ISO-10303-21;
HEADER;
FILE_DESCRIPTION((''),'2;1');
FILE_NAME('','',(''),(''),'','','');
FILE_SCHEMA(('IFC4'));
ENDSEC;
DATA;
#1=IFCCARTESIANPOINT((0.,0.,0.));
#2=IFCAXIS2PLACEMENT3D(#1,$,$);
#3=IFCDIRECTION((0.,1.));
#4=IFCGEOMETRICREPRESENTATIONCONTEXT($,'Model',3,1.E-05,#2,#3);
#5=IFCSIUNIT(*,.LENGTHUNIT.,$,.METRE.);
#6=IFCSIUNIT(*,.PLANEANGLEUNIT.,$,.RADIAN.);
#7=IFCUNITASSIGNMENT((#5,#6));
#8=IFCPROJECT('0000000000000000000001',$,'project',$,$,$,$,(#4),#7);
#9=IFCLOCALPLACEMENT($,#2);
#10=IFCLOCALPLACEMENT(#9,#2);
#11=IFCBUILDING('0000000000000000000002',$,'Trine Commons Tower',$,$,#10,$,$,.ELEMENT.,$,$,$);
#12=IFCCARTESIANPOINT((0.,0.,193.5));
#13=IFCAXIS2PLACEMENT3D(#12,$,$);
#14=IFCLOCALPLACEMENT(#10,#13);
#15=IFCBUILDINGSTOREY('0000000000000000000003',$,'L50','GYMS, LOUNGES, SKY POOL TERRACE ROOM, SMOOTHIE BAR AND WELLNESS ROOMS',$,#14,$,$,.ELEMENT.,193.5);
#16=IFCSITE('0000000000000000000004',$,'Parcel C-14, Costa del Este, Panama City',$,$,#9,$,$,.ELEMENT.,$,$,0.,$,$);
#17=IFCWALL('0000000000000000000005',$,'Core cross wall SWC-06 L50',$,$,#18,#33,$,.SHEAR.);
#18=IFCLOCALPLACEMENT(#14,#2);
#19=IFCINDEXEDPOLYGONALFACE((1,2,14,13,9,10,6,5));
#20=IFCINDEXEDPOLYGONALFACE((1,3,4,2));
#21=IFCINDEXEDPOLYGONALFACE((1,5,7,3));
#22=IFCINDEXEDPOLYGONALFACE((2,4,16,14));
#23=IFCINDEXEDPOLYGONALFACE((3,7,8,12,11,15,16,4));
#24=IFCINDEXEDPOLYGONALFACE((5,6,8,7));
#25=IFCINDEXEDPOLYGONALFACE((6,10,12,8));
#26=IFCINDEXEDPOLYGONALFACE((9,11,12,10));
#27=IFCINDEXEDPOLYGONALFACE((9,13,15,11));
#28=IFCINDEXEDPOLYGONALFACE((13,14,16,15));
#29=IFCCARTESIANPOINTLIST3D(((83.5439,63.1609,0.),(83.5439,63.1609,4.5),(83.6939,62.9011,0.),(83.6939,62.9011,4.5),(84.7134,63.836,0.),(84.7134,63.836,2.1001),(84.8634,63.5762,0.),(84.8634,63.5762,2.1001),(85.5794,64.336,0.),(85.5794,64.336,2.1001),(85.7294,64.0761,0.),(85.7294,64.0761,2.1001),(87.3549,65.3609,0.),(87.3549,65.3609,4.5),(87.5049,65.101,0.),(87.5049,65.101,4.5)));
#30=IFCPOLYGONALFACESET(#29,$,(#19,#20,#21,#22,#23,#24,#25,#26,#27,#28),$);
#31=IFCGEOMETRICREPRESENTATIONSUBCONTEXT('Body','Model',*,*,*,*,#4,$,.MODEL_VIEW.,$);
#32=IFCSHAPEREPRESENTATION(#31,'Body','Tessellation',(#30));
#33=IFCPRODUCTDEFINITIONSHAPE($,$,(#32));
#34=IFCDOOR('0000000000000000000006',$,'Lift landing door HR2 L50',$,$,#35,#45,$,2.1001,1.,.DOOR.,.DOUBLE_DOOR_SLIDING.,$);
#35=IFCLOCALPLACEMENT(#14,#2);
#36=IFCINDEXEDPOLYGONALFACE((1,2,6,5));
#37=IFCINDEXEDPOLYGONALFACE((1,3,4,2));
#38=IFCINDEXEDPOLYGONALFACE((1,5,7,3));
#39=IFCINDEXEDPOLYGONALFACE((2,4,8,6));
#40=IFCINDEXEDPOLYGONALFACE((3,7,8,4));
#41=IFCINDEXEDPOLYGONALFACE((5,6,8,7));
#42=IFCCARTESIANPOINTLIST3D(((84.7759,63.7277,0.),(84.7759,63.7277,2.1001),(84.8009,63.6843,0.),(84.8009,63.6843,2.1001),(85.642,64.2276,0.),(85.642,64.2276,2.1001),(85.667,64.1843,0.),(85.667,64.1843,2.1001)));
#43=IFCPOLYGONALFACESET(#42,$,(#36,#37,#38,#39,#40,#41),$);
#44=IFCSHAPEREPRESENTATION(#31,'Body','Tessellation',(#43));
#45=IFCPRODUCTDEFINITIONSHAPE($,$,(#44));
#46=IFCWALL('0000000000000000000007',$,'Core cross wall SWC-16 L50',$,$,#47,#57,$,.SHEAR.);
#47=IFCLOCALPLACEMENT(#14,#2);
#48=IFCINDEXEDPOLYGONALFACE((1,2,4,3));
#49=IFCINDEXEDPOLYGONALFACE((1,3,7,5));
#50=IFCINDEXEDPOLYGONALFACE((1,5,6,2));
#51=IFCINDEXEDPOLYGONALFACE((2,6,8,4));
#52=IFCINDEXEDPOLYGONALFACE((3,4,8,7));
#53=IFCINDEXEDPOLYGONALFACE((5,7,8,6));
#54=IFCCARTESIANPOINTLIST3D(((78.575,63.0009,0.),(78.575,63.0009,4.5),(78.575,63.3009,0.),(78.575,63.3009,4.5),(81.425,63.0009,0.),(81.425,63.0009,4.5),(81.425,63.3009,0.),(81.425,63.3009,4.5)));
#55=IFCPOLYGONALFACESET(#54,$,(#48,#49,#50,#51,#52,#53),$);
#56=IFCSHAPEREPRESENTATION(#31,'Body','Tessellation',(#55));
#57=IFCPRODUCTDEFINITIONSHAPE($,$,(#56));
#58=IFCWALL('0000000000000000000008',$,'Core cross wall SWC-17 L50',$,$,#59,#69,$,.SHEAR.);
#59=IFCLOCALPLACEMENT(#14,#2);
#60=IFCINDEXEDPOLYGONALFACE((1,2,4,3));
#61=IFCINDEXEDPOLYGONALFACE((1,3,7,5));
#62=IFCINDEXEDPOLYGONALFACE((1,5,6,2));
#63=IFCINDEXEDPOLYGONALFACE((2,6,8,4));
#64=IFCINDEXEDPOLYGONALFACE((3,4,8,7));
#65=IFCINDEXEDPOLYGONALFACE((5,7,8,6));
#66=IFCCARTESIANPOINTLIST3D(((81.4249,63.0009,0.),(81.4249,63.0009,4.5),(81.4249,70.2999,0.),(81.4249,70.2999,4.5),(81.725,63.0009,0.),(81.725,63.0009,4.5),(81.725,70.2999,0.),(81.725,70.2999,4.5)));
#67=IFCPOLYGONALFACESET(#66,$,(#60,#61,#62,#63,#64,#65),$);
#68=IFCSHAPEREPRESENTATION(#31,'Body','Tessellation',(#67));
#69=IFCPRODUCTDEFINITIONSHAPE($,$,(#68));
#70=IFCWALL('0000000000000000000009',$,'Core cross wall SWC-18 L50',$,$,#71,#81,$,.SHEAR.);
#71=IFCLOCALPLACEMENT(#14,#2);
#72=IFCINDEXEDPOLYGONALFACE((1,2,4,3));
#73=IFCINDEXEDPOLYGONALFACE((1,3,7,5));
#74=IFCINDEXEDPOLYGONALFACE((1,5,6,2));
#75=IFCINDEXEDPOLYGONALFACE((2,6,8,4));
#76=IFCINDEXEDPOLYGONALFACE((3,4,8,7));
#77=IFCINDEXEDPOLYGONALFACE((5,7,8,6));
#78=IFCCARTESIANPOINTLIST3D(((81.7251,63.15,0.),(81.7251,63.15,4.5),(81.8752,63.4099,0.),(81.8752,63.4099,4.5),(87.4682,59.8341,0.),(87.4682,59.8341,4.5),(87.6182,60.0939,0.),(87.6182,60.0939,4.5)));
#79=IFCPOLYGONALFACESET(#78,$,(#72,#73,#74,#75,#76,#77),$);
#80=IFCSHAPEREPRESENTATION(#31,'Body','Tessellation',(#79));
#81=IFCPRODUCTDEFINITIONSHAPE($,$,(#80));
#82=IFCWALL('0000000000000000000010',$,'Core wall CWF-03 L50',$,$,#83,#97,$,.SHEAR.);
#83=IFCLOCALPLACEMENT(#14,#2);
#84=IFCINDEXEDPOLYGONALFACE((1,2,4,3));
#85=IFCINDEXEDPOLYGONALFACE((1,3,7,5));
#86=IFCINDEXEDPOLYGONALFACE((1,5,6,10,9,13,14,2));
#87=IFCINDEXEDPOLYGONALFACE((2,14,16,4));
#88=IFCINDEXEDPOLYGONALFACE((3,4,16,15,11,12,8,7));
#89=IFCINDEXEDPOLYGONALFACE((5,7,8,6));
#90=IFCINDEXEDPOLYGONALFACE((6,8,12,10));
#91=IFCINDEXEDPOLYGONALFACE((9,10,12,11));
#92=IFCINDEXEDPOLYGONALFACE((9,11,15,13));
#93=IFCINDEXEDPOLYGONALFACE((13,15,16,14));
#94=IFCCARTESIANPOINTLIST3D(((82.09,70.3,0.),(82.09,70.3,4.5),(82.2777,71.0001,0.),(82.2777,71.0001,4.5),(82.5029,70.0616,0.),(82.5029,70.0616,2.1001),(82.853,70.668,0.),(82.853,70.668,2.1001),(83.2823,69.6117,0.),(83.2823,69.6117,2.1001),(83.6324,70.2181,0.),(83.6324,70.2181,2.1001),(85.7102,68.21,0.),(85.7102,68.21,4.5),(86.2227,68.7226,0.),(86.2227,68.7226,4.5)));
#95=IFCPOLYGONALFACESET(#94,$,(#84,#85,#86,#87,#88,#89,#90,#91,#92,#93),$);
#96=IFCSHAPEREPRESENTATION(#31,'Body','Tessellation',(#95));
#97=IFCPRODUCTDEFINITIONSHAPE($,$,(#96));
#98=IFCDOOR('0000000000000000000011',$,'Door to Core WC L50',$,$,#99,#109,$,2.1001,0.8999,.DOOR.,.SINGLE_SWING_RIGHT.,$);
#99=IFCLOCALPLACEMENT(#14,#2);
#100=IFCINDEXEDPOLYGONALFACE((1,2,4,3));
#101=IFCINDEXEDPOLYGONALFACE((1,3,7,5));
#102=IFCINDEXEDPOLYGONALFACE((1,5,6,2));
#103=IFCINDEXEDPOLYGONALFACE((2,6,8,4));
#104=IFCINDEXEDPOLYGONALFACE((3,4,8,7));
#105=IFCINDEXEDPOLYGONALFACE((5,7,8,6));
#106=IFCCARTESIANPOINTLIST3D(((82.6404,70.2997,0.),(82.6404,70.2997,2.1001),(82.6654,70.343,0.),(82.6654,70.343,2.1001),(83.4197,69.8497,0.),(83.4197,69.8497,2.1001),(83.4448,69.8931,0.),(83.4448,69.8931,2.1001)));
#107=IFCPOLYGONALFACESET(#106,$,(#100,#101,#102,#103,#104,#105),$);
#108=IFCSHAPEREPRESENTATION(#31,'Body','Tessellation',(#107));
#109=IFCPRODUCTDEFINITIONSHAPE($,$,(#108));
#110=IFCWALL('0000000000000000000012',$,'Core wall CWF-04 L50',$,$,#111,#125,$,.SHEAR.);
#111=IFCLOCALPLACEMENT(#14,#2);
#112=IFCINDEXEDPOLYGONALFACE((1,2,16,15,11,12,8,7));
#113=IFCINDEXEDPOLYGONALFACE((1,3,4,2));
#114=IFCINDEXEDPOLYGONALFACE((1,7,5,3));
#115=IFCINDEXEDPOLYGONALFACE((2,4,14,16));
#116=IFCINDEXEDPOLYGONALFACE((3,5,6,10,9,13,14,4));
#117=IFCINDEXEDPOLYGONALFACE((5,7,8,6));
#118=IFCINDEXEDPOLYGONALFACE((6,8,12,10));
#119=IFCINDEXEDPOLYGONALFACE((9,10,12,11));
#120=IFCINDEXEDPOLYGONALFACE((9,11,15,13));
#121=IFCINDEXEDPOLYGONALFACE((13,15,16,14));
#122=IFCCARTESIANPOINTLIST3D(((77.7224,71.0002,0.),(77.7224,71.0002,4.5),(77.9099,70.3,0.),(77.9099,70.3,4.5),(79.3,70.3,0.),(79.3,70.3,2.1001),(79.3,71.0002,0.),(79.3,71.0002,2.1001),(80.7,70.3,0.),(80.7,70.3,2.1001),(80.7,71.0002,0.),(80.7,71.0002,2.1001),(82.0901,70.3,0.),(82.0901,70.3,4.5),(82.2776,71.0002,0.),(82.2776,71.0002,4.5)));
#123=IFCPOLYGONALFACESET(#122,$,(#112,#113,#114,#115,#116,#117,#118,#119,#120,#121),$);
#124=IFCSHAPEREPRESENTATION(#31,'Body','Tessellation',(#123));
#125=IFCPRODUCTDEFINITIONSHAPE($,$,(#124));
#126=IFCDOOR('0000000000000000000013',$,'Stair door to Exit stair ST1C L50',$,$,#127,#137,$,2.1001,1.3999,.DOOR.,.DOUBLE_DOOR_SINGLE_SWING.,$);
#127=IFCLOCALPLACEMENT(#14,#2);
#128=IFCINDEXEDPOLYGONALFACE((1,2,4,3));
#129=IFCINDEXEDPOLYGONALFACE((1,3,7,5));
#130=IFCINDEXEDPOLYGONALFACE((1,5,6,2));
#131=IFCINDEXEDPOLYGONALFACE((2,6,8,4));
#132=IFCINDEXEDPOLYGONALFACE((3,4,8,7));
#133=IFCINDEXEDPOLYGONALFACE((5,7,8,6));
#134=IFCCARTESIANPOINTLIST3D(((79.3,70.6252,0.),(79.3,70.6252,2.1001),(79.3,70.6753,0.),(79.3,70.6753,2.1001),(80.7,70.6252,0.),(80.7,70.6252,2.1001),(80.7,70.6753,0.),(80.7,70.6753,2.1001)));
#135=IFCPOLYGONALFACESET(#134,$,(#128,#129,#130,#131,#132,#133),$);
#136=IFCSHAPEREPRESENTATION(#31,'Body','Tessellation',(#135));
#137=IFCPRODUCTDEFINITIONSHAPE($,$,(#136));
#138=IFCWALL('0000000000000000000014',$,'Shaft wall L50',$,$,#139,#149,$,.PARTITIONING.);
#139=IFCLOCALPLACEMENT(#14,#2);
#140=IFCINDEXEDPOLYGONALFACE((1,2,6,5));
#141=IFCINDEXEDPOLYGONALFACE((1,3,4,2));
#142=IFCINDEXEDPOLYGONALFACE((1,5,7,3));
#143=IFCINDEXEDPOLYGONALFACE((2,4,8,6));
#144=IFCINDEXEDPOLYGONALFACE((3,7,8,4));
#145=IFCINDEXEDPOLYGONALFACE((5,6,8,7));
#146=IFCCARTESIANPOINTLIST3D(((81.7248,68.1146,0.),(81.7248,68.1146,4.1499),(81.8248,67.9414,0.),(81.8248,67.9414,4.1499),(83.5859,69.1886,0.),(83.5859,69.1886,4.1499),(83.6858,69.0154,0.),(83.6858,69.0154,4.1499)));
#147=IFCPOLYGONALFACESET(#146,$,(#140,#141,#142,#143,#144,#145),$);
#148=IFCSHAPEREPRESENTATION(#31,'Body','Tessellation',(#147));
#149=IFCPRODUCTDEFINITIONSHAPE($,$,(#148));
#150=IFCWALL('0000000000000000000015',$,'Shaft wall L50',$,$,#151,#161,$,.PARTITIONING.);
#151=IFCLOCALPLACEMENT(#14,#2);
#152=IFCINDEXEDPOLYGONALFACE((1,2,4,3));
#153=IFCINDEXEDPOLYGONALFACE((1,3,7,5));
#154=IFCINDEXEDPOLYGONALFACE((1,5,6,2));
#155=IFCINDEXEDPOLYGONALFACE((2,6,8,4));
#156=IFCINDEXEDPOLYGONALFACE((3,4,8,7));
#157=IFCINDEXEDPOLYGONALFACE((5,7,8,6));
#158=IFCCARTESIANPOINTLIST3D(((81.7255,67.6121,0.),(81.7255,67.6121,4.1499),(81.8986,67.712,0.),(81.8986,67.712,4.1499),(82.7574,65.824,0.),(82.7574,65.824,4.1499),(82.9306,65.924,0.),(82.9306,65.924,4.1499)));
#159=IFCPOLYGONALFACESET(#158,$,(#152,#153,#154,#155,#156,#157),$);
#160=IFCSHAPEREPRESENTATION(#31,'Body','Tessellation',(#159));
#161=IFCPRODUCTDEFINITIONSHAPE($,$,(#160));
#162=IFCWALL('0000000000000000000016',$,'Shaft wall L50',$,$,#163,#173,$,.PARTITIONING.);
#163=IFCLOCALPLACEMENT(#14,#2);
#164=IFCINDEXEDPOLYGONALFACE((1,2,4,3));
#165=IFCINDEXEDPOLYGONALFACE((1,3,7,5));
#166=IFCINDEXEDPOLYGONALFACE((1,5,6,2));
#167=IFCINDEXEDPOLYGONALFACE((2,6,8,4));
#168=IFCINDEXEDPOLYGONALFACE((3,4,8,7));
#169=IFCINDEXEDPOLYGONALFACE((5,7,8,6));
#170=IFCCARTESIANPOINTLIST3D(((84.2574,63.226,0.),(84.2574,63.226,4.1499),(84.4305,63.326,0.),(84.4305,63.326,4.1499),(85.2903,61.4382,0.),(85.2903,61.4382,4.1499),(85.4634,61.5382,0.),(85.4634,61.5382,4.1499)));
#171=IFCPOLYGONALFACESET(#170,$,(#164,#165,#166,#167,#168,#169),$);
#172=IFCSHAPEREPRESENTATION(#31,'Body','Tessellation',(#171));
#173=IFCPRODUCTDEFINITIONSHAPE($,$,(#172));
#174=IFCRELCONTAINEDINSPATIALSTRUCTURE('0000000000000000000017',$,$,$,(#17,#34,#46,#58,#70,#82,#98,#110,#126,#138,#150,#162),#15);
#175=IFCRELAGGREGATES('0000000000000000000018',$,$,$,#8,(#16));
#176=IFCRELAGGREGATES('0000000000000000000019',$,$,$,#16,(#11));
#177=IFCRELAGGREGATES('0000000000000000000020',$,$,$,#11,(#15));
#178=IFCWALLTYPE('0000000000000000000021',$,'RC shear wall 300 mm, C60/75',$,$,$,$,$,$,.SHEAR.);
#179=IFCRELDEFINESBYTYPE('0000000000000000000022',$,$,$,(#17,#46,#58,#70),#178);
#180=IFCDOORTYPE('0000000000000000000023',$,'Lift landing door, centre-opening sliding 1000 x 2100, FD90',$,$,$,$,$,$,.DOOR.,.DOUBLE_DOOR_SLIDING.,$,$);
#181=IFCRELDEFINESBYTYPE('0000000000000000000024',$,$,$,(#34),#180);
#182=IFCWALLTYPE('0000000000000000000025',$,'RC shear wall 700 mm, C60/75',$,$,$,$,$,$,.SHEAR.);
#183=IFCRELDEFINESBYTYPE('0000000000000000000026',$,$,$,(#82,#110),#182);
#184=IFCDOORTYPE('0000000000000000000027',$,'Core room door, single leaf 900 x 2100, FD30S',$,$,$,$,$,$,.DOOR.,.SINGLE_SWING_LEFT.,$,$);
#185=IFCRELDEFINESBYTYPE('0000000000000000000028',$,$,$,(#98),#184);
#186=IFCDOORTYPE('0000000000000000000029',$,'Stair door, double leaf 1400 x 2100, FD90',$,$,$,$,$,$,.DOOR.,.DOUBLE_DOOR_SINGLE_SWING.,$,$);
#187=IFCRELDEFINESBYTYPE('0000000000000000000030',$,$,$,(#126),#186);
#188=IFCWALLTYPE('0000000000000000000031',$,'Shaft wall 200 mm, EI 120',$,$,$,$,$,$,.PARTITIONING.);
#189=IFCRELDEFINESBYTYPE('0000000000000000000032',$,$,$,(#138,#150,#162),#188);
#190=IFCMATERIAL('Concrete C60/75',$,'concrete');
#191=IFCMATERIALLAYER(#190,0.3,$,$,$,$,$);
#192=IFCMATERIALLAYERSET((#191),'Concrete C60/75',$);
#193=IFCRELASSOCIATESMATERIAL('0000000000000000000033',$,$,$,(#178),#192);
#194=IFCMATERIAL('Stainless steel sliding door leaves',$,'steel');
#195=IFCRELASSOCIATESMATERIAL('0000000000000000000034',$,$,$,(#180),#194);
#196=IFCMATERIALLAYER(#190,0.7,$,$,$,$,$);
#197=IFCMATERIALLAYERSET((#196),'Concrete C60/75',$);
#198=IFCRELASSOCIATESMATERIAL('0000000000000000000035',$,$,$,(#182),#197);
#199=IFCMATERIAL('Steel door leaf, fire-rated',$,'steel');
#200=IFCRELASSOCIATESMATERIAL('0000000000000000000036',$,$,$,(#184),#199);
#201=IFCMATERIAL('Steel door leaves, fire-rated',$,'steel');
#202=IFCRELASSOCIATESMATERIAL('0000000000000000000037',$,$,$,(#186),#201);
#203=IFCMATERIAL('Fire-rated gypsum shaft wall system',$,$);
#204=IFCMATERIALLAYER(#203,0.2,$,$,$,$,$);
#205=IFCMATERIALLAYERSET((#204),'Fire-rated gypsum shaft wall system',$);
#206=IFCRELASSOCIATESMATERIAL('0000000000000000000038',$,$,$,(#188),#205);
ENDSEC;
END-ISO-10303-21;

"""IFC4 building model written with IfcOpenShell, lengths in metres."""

from ifc_helpers import new_model, si_unit, direction, frame, frame_2d, origin, place, context, subcontext, project, spatial, polyline, rectangle, outline, extrude, material, layer, layer_set, type_object, element, fill, save


model = new_model("IFC4")

# Units and contexts
model_context = context("Model", 3, precision=1e-05, world=origin(), true_north=direction((0.0, 1.0)))
body_context = subcontext(model_context, "Body", "Model", "MODEL_VIEW")
ifc_project = project(units=[si_unit("LENGTHUNIT", "METRE"), si_unit("PLANEANGLEUNIT", "RADIAN")], contexts=[model_context])

# Site, building, storey
site_placement = place(None, origin())
site = spatial("IfcSite", under=ifc_project, at=site_placement, Name="Parcel C-14, Costa del Este, Panama City", CompositionType="ELEMENT", RefElevation=0.0)
building_placement = place(site_placement, origin())
building = spatial("IfcBuilding", under=site, at=building_placement, Name="Trine Commons Tower", CompositionType="ELEMENT")
storey_placement = place(building_placement, frame((0.0, 0.0, 193.5)))
storey = spatial("IfcBuildingStorey", under=building, at=storey_placement, Name="L50", Description="GYMS, LOUNGES, SKY POOL TERRACE ROOM, SMOOTHIE BAR AND WELLNESS ROOMS", CompositionType="ELEMENT", Elevation=193.5)

# Wall, opening, door
ifc_material_1 = material(Name="Fire-rated gypsum shaft wall system")
ifc_material_2 = material(Name="Steel door leaf, fire-rated", Category="steel")
ifc_material_3 = material(Name="Concrete C60/75", Category="concrete")
ifc_layer_1 = layer(ifc_material_3, 0.3)
ifc_layer_set_1 = layer_set([ifc_layer_1], Name="Concrete C60/75")
wall_type_1 = type_object("IfcWallType", Name="RC shear wall 300 mm, C60/75", PredefinedType="SHEAR", material=ifc_layer_set_1)
ifc_material_4 = material(Name="Stainless steel sliding door leaves", Category="steel")
door_type_1 = type_object("IfcDoorType", Name="Lift landing door, centre-opening sliding 1000 x 2100, FD90", OperationType="DOUBLE_DOOR_SLIDING", PredefinedType="DOOR", material=ifc_material_4)
wall_1_placement = place(storey_placement, frame((83.6189, 63.031, 0.0), z_axis=(0.0, 0.0, 1.0), x_axis=(0.86606, 0.49994, 0.0)))
wall_1 = element("IfcWall", 1, at=wall_1_placement, inside=storey, type_object=wall_type_1, Name="Core cross wall SWC-06 L50", PredefinedType="SHEAR", context=body_context, shape_type="SweptSolid", body=[
    extrude(rectangle(XDim=4.4004, YDim=0.3, at=frame_2d((2.2002, 0.0))), origin(), (0.0, 0.0, 1.0), 4.5),
])
opening_1_placement = place(wall_1_placement, frame((1.3503, 0.0, 0.0)))
opening_1 = element("IfcOpeningElement", 2, at=opening_1_placement, cuts=wall_1, PredefinedType="OPENING", context=body_context, shape_type="SweptSolid", body=[
    extrude(rectangle(XDim=1.0, YDim=2.1001, at=frame_2d((0.5, 1.05))), frame((0.0, 0.1599, 0.0), z_axis=(0.0, -1.0, 0.0), x_axis=(1.0, 0.0, 0.0)), (0.0, 0.0, 1.0), 0.3201),
])
door_1_placement = place(opening_1_placement, origin())
door_1 = element("IfcDoor", 3, at=door_1_placement, inside=storey, type_object=door_type_1, Name="Lift landing door HR2 L50", OperationType="DOUBLE_DOOR_SLIDING", OverallHeight=2.1001, OverallWidth=1.0, PredefinedType="DOOR", context=body_context, shape_type="SweptSolid", body=[
    extrude(rectangle(XDim=1.0, YDim=2.1001, at=frame_2d((0.5, 1.05))), frame((0.0, 0.0249, 0.0), z_axis=(0.0, -1.0, 0.0), x_axis=(1.0, 0.0, 0.0)), (0.0, 0.0, 1.0), 0.05),
])
fill(opening_1, door_1)

# Walls
wall_2_placement = place(storey_placement, frame((81.425, 63.1509, 0.0), z_axis=(0.0, 0.0, 1.0), x_axis=(-1.0, 0.0, 0.0)))
element("IfcWall", 4, at=wall_2_placement, inside=storey, type_object=wall_type_1, Name="Core cross wall SWC-16 L50", PredefinedType="SHEAR", context=body_context, shape_type="SweptSolid", body=[
    extrude(rectangle(XDim=2.8501, YDim=0.3, at=frame_2d((1.425, 0.0))), origin(), (0.0, 0.0, 1.0), 4.5),
])
wall_3_placement = place(storey_placement, frame((81.575, 63.001, 0.0), z_axis=(0.0, 0.0, 1.0), x_axis=(0.0, 1.0, 0.0)))
element("IfcWall", 5, at=wall_3_placement, inside=storey, type_object=wall_type_1, Name="Core cross wall SWC-17 L50", PredefinedType="SHEAR", context=body_context, shape_type="SweptSolid", body=[
    extrude(rectangle(XDim=7.2991, YDim=0.3, at=frame_2d((3.6494, 0.0))), origin(), (0.0, 0.0, 1.0), 4.5),
])
wall_4_placement = place(storey_placement, frame((81.8, 63.28, 0.0), z_axis=(0.0, 0.0, 1.0), x_axis=(0.86601, -0.500027, 0.0)))
element("IfcWall", 6, at=wall_4_placement, inside=storey, type_object=wall_type_1, Name="Core cross wall SWC-18 L50", PredefinedType="SHEAR", context=body_context, shape_type="SweptSolid", body=[
    extrude(rectangle(XDim=6.6316, YDim=0.3, at=frame_2d((3.3159, 0.0))), origin(), (0.0, 0.0, 1.0), 4.5),
])

# Walls, openings, doors
ifc_layer_2 = layer(ifc_material_3, 0.7)
ifc_layer_set_2 = layer_set([ifc_layer_2], Name="Concrete C60/75")
wall_type_2 = type_object("IfcWallType", Name="RC shear wall 700 mm, C60/75", PredefinedType="SHEAR", material=ifc_layer_set_2)
wall_5_placement = place(storey_placement, frame((86.0476, 68.4194, 0.0), z_axis=(0.0, 0.0, 1.0), x_axis=(-0.866035, 0.499984, 0.0)))
wall_5 = element("IfcWall", 7, at=wall_5_placement, inside=storey, type_object=wall_type_2, Name="Core wall CWF-03 L50", PredefinedType="SHEAR", context=body_context, shape_type="SweptSolid", body=[
    extrude(outline(polyline([(0.0, -0.3501), (4.5552, -0.3501), (4.3677, 0.3501), (0.1875, 0.3501), (0.0, -0.3501)])), origin(), (0.0, 0.0, 1.0), 4.5),
])
opening_2_placement = place(wall_5_placement, frame((2.991, 0.0, 0.0)))
opening_2 = element("IfcOpeningElement", 8, at=opening_2_placement, cuts=wall_5, PredefinedType="OPENING", context=body_context, shape_type="SweptSolid", body=[
    extrude(rectangle(XDim=0.8999, YDim=2.1001, at=frame_2d((0.45, 1.05))), frame((0.0, 0.3599, 0.0), z_axis=(0.0, -1.0, 0.0), x_axis=(1.0, 0.0, 0.0)), (0.0, 0.0, 1.0), 0.72),
])
door_type_2 = type_object("IfcDoorType", Name="Core room door, single leaf 900 x 2100, FD30S", OperationType="SINGLE_SWING_LEFT", PredefinedType="DOOR", material=ifc_material_2)
door_2_placement = place(opening_2_placement, origin())
door_2 = element("IfcDoor", 9, at=door_2_placement, inside=storey, type_object=door_type_2, Name="Door to Core WC L50", OperationType="SINGLE_SWING_RIGHT", OverallHeight=2.1001, OverallWidth=0.8999, PredefinedType="DOOR", context=body_context, shape_type="SweptSolid", body=[
    extrude(rectangle(XDim=0.8999, YDim=2.1001, at=frame_2d((0.45, 1.05))), frame((0.0, 0.0752, 0.0), z_axis=(0.0, -1.0, 0.0), x_axis=(1.0, 0.0, 0.0)), (0.0, 0.0, 1.0), 0.05),
])
fill(opening_2, door_2)
wall_6_placement = place(storey_placement, frame((82.2776, 70.6501, 0.0), z_axis=(0.0, 0.0, 1.0), x_axis=(-1.0, 0.0, 0.0)))
wall_6 = element("IfcWall", 10, at=wall_6_placement, inside=storey, type_object=wall_type_2, Name="Core wall CWF-04 L50", PredefinedType="SHEAR", context=body_context, shape_type="SweptSolid", body=[
    extrude(outline(polyline([(0.0, -0.3501), (4.5552, -0.3501), (4.3677, 0.3501), (0.1875, 0.3501), (0.0, -0.3501)])), origin(), (0.0, 0.0, 1.0), 4.5),
])
opening_3_placement = place(wall_6_placement, frame((1.5776, 0.0, 0.0)))
opening_3 = element("IfcOpeningElement", 11, at=opening_3_placement, cuts=wall_6, PredefinedType="OPENING", context=body_context, shape_type="SweptSolid", body=[
    extrude(rectangle(XDim=1.3999, YDim=2.1001, at=frame_2d((0.7, 1.05))), frame((0.0, 0.3599, 0.0), z_axis=(0.0, -1.0, 0.0), x_axis=(1.0, 0.0, 0.0)), (0.0, 0.0, 1.0), 0.72),
])
ifc_material_5 = material(Name="Steel door leaves, fire-rated", Category="steel")
door_type_3 = type_object("IfcDoorType", Name="Stair door, double leaf 1400 x 2100, FD90", OperationType="DOUBLE_DOOR_SINGLE_SWING", PredefinedType="DOOR", material=ifc_material_5)
door_3_placement = place(opening_3_placement, origin())
door_3 = element("IfcDoor", 12, at=door_3_placement, inside=storey, type_object=door_type_3, Name="Stair door to Exit stair ST1C L50", OperationType="DOUBLE_DOOR_SINGLE_SWING", OverallHeight=2.1001, OverallWidth=1.3999, PredefinedType="DOOR", context=body_context, shape_type="SweptSolid", body=[
    extrude(rectangle(XDim=1.3999, YDim=2.1001, at=frame_2d((0.7, 1.05))), frame((0.0, 0.0249, 0.0), z_axis=(0.0, -1.0, 0.0), x_axis=(1.0, 0.0, 0.0)), (0.0, 0.0, 1.0), 0.05),
])
fill(opening_3, door_3)

# Walls
ifc_layer_3 = layer(ifc_material_1, 0.2)
ifc_layer_set_3 = layer_set([ifc_layer_3], Name="Fire-rated gypsum shaft wall system")
wall_type_3 = type_object("IfcWallType", Name="Shaft wall 200 mm, EI 120", PredefinedType="PARTITIONING", material=ifc_layer_set_3)
wall_7_placement = place(storey_placement, frame((81.7749, 68.0281, 0.0), z_axis=(0.0, 0.0, 1.0), x_axis=(0.866131, 0.499818, 0.0)))
element("IfcWall", 13, at=wall_7_placement, inside=storey, type_object=wall_type_3, Name="Shaft wall L50", PredefinedType="PARTITIONING", context=body_context, shape_type="SweptSolid", body=[
    extrude(rectangle(XDim=2.1487, YDim=0.2, at=frame_2d((1.0742, 0.0))), origin(), (0.0, 0.0, 1.0), 4.1499),
])
wall_8_placement = place(storey_placement, frame((82.844, 65.874, 0.0), z_axis=(0.0, 0.0, 1.0), x_axis=(-0.499866, 0.866103, 0.0)))
element("IfcWall", 14, at=wall_8_placement, inside=storey, type_object=wall_type_3, Name="Shaft wall L50", PredefinedType="PARTITIONING", context=body_context, shape_type="SweptSolid", body=[
    extrude(rectangle(XDim=2.0645, YDim=0.2, at=frame_2d((1.0322, 0.0))), origin(), (0.0, 0.0, 1.0), 4.1499),
])
wall_9_placement = place(storey_placement, frame((84.344, 63.2759, 0.0), z_axis=(0.0, 0.0, 1.0), x_axis=(0.500272, -0.865868, 0.0)))
element("IfcWall", 15, at=wall_9_placement, inside=storey, type_object=wall_type_3, Name="Shaft wall L50", PredefinedType="PARTITIONING", context=body_context, shape_type="SweptSolid", body=[
    extrude(rectangle(XDim=2.0647, YDim=0.2, at=frame_2d((1.0322, 0.0))), origin(), (0.0, 0.0, 1.0), 4.1499),
])

save(model, "model.ifc")
